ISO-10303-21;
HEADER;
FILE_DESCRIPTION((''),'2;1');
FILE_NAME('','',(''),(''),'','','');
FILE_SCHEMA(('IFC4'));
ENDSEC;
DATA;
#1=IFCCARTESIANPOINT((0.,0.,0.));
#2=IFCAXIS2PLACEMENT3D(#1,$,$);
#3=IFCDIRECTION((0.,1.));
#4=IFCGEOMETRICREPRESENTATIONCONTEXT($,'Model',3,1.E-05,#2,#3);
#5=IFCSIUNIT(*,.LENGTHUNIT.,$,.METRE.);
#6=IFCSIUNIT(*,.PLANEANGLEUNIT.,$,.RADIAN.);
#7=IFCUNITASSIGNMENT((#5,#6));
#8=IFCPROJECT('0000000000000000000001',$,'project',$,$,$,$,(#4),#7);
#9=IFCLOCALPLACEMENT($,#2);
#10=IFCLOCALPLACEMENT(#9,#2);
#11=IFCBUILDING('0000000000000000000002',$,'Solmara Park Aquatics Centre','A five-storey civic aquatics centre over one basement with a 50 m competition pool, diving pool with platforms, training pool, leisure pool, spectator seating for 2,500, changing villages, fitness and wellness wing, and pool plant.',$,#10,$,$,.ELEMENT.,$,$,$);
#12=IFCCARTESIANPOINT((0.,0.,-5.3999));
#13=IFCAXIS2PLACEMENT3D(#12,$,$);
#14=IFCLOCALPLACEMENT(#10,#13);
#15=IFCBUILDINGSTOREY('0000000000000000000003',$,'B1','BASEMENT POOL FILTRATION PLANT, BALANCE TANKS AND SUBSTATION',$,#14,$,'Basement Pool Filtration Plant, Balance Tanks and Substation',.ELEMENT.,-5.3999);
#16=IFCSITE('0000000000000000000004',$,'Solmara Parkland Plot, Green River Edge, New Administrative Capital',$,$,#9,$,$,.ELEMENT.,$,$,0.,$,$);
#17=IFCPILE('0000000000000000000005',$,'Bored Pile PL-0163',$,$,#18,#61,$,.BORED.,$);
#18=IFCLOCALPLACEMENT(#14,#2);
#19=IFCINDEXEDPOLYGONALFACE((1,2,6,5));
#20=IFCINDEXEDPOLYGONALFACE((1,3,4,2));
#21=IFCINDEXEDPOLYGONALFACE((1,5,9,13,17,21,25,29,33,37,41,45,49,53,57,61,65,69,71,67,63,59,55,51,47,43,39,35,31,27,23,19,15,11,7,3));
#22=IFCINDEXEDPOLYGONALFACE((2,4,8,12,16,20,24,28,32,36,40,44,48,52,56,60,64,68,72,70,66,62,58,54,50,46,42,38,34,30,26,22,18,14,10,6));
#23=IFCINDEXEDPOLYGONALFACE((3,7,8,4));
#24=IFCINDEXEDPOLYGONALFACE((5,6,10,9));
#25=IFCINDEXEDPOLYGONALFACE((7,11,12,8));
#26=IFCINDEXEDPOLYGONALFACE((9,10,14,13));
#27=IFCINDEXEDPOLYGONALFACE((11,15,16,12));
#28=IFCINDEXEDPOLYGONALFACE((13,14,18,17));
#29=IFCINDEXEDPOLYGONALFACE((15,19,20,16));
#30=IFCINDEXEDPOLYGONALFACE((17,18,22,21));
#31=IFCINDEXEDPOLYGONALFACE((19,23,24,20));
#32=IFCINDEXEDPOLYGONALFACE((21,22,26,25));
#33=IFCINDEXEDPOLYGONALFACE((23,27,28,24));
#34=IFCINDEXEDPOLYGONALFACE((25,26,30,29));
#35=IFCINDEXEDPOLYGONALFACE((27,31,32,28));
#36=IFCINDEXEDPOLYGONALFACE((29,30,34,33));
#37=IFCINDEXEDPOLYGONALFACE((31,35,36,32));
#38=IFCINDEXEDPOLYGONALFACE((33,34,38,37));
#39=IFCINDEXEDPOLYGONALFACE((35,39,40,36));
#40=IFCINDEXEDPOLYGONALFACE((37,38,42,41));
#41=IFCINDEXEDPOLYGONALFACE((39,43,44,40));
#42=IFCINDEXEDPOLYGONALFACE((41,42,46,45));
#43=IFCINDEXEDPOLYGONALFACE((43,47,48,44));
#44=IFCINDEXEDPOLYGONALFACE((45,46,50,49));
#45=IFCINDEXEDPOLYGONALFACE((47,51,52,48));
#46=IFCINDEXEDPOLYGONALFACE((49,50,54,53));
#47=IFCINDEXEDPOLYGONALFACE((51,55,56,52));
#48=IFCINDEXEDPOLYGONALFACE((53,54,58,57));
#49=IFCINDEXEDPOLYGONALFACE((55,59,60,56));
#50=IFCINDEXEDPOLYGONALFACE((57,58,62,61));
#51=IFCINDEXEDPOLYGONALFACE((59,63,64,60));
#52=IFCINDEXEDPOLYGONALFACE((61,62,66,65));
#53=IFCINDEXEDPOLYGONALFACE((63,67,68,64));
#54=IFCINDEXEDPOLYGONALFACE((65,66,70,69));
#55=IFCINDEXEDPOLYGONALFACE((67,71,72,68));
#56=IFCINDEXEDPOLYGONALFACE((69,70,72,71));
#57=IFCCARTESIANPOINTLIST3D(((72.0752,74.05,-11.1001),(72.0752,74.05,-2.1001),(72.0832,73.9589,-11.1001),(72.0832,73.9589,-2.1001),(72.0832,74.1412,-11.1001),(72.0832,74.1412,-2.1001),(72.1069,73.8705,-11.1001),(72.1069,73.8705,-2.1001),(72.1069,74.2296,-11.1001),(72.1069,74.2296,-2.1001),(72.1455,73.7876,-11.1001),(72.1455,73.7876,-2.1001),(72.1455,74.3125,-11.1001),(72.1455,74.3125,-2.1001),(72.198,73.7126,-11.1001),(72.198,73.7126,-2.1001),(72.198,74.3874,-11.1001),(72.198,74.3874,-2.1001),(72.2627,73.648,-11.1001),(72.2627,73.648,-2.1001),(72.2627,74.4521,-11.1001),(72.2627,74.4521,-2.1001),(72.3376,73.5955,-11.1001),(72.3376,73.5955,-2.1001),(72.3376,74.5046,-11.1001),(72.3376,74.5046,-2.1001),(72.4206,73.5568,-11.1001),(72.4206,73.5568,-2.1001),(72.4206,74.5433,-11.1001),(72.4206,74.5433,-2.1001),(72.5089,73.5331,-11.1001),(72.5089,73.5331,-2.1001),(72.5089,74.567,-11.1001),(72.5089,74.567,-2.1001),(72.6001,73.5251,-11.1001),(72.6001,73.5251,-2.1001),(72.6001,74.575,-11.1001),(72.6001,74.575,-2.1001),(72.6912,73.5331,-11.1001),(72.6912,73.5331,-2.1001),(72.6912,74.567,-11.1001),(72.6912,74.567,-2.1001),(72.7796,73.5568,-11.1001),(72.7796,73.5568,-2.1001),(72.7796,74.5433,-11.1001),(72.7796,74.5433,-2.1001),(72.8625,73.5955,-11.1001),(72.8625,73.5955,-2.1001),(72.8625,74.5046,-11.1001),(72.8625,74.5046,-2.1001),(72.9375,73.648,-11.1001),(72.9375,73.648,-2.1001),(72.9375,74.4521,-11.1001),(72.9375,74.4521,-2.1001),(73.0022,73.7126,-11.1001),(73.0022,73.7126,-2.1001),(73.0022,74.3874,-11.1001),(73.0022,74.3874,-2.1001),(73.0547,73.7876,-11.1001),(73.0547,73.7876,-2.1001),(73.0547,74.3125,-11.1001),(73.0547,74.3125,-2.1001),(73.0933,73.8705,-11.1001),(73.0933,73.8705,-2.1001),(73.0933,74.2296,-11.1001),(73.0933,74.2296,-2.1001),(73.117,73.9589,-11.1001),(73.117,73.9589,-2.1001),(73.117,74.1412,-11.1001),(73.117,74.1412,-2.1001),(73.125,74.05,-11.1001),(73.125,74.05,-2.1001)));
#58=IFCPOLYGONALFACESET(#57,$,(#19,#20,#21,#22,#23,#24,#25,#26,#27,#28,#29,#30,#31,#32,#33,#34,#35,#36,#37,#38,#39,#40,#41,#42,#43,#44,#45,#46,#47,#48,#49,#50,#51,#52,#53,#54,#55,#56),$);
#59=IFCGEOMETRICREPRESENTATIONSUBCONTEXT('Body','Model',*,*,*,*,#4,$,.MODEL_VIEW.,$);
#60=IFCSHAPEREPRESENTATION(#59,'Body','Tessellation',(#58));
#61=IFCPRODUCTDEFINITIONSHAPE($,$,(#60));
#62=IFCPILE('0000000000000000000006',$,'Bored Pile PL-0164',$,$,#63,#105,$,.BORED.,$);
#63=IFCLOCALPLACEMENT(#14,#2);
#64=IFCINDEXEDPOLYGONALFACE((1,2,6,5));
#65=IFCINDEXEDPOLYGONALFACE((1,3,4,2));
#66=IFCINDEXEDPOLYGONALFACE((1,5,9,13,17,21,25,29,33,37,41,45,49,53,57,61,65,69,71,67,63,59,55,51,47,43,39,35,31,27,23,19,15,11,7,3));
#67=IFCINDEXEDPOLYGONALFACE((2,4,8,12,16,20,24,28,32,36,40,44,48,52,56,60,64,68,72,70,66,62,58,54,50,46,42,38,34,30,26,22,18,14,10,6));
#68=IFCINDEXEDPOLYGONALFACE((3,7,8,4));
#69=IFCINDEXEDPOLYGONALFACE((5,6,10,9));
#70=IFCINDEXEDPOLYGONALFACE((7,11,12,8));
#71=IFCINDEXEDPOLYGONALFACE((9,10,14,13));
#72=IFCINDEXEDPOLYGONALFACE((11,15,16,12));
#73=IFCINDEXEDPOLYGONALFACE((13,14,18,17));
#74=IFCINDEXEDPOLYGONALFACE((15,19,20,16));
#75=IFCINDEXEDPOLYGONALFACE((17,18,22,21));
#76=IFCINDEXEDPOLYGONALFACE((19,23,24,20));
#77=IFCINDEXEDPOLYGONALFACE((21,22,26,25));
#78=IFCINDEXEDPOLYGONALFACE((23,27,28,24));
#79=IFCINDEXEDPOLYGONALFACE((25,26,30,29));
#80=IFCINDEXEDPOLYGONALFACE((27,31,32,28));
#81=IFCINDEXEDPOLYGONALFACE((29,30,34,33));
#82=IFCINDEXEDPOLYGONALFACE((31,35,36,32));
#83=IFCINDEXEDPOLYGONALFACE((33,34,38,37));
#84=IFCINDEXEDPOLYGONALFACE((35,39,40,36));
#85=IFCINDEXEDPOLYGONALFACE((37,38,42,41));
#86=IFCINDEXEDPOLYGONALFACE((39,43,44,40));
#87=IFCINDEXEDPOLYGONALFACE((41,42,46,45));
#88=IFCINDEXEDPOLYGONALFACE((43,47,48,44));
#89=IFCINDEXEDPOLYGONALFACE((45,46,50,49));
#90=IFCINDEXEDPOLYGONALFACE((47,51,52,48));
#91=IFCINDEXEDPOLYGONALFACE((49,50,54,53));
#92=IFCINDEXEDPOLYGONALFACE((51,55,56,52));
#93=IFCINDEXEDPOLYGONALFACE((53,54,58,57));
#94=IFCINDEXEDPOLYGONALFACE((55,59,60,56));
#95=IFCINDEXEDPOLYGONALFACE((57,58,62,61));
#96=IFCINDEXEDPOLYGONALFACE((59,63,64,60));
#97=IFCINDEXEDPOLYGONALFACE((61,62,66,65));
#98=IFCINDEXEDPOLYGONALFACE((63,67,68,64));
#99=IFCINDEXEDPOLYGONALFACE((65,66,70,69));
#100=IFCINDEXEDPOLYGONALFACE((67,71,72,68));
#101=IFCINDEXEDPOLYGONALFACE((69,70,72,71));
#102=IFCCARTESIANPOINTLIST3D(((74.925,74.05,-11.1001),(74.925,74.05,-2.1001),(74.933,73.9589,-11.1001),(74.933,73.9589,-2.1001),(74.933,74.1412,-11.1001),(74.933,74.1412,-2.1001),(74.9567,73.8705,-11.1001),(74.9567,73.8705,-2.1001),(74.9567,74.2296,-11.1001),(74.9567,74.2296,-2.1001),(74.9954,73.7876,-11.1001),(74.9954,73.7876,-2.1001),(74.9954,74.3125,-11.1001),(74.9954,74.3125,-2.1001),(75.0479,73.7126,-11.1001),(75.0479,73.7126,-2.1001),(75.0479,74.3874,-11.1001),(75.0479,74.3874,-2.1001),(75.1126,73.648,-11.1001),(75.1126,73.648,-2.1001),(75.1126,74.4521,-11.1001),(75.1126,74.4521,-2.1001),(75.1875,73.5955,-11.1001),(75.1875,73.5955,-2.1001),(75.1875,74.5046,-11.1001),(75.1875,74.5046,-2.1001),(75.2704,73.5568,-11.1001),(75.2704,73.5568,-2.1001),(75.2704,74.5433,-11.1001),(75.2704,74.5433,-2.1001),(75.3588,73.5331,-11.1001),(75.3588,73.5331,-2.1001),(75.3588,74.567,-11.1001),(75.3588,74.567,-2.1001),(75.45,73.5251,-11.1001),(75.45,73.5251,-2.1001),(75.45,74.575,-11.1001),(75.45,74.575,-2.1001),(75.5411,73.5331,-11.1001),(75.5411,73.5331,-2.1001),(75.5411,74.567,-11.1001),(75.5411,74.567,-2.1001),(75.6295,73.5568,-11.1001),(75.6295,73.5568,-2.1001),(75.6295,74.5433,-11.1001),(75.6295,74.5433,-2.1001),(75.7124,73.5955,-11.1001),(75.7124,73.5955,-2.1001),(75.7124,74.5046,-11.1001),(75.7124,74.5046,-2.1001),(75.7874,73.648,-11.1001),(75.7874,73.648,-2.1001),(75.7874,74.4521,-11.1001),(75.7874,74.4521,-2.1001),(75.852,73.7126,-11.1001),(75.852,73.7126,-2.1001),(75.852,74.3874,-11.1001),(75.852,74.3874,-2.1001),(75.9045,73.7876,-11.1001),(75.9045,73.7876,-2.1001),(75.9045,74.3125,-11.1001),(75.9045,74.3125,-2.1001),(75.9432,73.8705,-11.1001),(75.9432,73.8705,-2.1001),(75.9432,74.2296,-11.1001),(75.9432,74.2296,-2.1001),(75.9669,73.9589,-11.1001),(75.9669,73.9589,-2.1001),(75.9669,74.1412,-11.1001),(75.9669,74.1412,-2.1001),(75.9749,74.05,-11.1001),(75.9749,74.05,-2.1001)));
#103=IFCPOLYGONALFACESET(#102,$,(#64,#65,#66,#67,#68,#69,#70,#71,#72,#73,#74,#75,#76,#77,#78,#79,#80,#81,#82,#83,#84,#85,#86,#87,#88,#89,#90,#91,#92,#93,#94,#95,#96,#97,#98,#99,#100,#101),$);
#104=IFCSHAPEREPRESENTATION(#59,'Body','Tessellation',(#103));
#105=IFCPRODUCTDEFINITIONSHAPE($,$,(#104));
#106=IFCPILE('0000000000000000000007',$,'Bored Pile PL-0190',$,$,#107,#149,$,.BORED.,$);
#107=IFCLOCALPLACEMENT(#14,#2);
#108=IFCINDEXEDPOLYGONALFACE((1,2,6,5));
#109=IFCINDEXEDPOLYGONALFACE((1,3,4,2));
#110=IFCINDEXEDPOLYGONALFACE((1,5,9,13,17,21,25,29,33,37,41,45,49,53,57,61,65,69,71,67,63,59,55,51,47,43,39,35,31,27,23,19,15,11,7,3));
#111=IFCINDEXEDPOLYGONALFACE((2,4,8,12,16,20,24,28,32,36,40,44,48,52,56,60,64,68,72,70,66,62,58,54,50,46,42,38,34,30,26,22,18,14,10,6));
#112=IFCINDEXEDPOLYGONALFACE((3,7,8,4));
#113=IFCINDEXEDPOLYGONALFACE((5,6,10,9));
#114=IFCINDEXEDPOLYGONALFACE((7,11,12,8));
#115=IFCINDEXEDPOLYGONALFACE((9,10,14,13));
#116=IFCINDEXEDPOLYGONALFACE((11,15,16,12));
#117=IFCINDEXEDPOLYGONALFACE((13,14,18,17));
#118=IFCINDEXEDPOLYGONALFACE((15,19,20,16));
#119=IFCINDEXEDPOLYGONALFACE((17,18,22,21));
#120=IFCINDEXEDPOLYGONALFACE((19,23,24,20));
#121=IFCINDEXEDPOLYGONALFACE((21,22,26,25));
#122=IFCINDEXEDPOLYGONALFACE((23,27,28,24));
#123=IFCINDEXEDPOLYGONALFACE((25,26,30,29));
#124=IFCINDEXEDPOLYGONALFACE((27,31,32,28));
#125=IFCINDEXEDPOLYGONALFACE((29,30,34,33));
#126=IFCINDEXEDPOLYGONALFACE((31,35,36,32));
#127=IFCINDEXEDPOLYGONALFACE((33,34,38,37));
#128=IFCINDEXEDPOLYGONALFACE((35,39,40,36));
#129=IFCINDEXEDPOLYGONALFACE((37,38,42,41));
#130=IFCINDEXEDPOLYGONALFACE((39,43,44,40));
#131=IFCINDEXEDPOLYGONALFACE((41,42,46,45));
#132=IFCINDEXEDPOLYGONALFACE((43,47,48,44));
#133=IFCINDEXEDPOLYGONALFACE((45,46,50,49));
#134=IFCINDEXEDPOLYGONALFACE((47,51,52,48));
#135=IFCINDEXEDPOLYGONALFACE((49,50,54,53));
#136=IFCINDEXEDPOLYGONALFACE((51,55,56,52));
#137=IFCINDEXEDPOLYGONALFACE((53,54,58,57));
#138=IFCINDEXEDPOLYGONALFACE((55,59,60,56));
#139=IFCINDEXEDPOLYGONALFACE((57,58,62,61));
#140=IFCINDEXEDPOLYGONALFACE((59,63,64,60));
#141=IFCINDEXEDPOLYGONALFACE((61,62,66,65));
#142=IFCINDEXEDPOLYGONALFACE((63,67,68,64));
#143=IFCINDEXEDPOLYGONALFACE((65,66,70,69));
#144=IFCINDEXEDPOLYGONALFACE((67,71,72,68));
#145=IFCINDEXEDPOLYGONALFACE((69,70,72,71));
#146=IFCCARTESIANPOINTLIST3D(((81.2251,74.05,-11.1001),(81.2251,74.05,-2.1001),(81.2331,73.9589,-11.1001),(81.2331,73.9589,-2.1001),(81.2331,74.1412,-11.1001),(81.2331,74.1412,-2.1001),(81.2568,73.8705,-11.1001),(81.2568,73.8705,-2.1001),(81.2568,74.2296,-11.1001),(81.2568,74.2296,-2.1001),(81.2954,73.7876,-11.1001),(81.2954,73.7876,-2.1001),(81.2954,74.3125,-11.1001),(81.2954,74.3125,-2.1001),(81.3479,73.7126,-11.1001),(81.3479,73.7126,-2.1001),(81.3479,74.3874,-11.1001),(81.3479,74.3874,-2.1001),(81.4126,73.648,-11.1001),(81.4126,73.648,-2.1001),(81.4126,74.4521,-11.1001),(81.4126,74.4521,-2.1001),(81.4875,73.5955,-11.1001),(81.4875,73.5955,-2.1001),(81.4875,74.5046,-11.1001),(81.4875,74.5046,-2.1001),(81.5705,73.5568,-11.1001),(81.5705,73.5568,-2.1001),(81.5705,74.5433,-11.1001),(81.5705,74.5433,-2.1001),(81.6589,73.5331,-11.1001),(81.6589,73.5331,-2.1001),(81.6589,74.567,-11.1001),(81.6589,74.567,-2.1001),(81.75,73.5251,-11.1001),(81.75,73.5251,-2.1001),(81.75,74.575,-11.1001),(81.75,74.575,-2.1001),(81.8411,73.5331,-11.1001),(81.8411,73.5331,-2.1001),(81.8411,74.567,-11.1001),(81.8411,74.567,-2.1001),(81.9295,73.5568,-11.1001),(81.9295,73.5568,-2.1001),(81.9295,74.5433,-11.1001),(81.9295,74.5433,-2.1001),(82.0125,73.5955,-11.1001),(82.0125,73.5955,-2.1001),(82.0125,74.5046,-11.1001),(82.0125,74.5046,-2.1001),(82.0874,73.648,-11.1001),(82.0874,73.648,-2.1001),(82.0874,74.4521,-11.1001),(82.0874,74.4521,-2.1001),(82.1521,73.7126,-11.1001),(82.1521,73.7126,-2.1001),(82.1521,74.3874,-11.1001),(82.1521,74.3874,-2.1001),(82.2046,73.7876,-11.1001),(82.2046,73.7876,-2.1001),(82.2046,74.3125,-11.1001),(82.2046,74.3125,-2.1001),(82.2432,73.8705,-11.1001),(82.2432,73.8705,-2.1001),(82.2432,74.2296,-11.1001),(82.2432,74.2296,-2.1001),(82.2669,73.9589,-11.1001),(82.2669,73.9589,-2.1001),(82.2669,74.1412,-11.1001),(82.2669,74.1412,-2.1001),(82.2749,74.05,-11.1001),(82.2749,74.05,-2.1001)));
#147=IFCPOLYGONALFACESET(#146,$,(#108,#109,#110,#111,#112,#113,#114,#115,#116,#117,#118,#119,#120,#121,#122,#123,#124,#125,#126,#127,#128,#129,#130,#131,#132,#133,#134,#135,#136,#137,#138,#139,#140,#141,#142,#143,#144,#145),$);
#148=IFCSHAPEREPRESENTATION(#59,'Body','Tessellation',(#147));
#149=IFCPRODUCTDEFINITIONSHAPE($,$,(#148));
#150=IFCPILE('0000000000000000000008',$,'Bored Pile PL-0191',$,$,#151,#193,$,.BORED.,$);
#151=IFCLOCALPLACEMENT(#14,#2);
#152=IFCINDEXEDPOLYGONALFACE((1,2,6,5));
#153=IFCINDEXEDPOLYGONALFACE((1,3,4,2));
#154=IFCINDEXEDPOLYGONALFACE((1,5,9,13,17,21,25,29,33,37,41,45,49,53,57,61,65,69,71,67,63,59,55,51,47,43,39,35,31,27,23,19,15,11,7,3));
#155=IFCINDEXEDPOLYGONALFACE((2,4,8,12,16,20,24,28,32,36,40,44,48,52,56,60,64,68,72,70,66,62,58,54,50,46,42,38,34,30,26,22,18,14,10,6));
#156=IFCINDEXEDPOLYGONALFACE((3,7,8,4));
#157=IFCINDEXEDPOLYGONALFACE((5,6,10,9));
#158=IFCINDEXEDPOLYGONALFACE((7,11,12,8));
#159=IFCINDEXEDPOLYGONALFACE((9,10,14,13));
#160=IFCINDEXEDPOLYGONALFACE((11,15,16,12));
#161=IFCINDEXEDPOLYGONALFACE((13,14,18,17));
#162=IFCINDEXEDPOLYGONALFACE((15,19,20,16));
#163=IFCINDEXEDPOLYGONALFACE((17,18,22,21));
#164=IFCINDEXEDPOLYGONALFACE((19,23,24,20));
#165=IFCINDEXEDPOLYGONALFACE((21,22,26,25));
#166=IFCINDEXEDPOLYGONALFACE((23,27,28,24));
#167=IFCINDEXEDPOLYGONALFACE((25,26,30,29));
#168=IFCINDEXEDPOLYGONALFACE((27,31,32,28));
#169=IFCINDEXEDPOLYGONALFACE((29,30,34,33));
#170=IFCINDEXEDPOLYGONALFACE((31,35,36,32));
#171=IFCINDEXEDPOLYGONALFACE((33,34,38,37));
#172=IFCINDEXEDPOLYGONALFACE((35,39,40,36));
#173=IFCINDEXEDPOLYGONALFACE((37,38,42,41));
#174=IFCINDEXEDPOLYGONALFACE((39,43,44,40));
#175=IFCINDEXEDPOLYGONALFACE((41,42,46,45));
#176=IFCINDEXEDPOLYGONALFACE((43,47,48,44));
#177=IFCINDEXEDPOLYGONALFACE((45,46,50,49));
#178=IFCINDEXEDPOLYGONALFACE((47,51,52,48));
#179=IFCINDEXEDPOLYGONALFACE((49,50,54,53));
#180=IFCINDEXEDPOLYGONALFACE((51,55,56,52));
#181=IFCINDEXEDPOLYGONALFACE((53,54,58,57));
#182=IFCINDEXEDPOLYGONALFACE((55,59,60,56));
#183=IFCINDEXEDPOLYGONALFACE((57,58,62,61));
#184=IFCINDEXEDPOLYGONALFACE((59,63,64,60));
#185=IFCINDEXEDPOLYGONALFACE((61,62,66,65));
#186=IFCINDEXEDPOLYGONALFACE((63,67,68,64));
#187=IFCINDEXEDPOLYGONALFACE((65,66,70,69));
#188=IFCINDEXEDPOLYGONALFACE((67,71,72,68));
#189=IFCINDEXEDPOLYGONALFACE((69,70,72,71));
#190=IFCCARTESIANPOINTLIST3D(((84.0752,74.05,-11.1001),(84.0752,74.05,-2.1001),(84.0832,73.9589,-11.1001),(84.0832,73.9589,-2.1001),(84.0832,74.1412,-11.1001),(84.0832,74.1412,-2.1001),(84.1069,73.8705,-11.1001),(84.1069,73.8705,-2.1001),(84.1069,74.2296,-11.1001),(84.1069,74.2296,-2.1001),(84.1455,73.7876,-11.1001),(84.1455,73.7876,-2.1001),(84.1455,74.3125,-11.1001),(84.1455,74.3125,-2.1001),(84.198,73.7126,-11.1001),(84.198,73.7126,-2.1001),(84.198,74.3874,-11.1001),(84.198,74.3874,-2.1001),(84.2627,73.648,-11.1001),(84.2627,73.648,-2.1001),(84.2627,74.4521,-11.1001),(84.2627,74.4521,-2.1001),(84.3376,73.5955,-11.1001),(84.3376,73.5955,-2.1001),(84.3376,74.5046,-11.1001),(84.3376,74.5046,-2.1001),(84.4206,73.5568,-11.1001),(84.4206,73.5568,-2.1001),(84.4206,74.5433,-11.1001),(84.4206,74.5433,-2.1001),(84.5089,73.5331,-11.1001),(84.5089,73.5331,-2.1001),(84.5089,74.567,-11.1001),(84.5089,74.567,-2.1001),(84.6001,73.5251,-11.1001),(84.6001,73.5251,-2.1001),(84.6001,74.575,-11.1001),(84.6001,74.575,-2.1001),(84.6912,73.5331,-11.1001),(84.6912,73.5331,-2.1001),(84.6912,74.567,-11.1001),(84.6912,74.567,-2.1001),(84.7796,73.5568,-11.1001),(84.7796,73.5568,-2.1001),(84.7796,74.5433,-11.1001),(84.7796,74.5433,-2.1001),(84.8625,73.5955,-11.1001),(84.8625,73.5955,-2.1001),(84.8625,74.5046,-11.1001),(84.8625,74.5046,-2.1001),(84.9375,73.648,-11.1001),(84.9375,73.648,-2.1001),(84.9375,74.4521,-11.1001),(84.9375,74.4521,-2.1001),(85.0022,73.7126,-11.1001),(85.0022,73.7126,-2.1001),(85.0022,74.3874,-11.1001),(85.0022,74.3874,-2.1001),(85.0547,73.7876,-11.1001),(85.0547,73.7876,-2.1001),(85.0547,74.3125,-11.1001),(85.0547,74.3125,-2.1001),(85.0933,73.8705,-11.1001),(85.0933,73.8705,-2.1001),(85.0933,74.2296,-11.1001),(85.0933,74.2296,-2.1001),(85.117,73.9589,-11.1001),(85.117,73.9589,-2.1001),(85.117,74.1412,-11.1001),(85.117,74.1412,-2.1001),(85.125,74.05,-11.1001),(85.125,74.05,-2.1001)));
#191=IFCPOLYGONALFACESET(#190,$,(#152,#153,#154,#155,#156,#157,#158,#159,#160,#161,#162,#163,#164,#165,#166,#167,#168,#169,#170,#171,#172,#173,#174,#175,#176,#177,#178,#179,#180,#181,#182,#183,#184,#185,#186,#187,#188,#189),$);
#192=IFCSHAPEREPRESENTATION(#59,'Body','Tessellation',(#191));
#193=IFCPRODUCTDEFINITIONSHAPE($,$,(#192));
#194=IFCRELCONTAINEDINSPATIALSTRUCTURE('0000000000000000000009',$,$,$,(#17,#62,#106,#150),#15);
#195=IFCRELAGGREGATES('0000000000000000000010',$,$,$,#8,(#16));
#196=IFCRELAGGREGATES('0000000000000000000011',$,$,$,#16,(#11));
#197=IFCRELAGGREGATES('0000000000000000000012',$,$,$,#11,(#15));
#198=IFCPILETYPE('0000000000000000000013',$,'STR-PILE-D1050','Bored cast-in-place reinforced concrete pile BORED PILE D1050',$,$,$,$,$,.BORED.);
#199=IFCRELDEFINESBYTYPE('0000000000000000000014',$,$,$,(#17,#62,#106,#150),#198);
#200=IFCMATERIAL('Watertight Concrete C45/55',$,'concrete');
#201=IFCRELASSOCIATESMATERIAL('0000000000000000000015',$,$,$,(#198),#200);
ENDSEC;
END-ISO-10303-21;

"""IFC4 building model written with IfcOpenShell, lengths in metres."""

from ifc_helpers import new_model, si_unit, direction, frame, origin, origin_2d, place, context, subcontext, project, spatial, circle, extrude, material, material_profile, profile_set, type_object, element, save


model = new_model("IFC4")

# Units and contexts
model_context = context("Model", 3, precision=1e-05, world=origin(), true_north=direction((0.0, 1.0)))
body_context = subcontext(model_context, "Body", "Model", "MODEL_VIEW")
ifc_project = project(units=[si_unit("LENGTHUNIT", "METRE"), si_unit("PLANEANGLEUNIT", "RADIAN")], contexts=[model_context])

# Site, building, storey
site_placement = place(None, origin())
site = spatial("IfcSite", under=ifc_project, at=site_placement, Name="Solmara Parkland Plot, Green River Edge, New Administrative Capital", CompositionType="ELEMENT", RefElevation=0.0)
building_placement = place(site_placement, origin())
building = spatial("IfcBuilding", under=site, at=building_placement, Name="Solmara Park Aquatics Centre", Description="A five-storey civic aquatics centre over one basement with a 50 m competition pool, diving pool with platforms, training pool, leisure pool, spectator seating for 2,500, changing villages, fitness and wellness wing, and pool plant.", CompositionType="ELEMENT")
storey_placement = place(building_placement, frame((0.0, 0.0, -5.3999)))
storey = spatial("IfcBuildingStorey", under=building, at=storey_placement, Name="B1", Description="BASEMENT POOL FILTRATION PLANT, BALANCE TANKS AND SUBSTATION", LongName="Basement Pool Filtration Plant, Balance Tanks and Substation", CompositionType="ELEMENT", Elevation=-5.3999)

# Shared definitions
ifc_material_1 = material(Name="Watertight Concrete C45/55", Category="concrete")

# Piles
ifc_material_profile_1 = material_profile(ifc_material_1, circle(Radius=0.5249, at=origin_2d()), Name="BORED PILE D1050")
ifc_profile_set_1 = profile_set([ifc_material_profile_1], Name="Watertight Concrete C45/55")
pile_type_1 = type_object("IfcPileType", Name="STR-PILE-D1050", Description="Bored cast-in-place reinforced concrete pile BORED PILE D1050", PredefinedType="BORED", material=ifc_profile_set_1)
for number, where, z_axis, x_axis, name in (
    (1, (72.6001, 74.05, -2.1001), (0.0, 0.0, -1.0), (1.0, 0.0, 0.0), "Bored Pile PL-0163"),
    (2, (75.45, 74.05, -2.1001), (0.0, 0.0, -1.0), (1.0, 0.0, 0.0), "Bored Pile PL-0164"),
    (3, (81.75, 74.05, -2.1001), (0.0, 0.0, -1.0), (1.0, 0.0, 0.0), "Bored Pile PL-0190"),
    (4, (84.6001, 74.05, -2.1001), (0.0, 0.0, -1.0), (1.0, 0.0, 0.0), "Bored Pile PL-0191"),
):
    element("IfcPile", number, at=place(storey_placement, frame(where, z_axis=z_axis, x_axis=x_axis)), inside=storey, type_object=pile_type_1, Name=name, PredefinedType="BORED", context=body_context, shape_type="SweptSolid", body=[
        extrude(circle(Radius=0.5249, at=origin_2d()), origin(), (0.0, 0.0, 1.0), 9.0),
    ])

save(model, "model.ifc")
